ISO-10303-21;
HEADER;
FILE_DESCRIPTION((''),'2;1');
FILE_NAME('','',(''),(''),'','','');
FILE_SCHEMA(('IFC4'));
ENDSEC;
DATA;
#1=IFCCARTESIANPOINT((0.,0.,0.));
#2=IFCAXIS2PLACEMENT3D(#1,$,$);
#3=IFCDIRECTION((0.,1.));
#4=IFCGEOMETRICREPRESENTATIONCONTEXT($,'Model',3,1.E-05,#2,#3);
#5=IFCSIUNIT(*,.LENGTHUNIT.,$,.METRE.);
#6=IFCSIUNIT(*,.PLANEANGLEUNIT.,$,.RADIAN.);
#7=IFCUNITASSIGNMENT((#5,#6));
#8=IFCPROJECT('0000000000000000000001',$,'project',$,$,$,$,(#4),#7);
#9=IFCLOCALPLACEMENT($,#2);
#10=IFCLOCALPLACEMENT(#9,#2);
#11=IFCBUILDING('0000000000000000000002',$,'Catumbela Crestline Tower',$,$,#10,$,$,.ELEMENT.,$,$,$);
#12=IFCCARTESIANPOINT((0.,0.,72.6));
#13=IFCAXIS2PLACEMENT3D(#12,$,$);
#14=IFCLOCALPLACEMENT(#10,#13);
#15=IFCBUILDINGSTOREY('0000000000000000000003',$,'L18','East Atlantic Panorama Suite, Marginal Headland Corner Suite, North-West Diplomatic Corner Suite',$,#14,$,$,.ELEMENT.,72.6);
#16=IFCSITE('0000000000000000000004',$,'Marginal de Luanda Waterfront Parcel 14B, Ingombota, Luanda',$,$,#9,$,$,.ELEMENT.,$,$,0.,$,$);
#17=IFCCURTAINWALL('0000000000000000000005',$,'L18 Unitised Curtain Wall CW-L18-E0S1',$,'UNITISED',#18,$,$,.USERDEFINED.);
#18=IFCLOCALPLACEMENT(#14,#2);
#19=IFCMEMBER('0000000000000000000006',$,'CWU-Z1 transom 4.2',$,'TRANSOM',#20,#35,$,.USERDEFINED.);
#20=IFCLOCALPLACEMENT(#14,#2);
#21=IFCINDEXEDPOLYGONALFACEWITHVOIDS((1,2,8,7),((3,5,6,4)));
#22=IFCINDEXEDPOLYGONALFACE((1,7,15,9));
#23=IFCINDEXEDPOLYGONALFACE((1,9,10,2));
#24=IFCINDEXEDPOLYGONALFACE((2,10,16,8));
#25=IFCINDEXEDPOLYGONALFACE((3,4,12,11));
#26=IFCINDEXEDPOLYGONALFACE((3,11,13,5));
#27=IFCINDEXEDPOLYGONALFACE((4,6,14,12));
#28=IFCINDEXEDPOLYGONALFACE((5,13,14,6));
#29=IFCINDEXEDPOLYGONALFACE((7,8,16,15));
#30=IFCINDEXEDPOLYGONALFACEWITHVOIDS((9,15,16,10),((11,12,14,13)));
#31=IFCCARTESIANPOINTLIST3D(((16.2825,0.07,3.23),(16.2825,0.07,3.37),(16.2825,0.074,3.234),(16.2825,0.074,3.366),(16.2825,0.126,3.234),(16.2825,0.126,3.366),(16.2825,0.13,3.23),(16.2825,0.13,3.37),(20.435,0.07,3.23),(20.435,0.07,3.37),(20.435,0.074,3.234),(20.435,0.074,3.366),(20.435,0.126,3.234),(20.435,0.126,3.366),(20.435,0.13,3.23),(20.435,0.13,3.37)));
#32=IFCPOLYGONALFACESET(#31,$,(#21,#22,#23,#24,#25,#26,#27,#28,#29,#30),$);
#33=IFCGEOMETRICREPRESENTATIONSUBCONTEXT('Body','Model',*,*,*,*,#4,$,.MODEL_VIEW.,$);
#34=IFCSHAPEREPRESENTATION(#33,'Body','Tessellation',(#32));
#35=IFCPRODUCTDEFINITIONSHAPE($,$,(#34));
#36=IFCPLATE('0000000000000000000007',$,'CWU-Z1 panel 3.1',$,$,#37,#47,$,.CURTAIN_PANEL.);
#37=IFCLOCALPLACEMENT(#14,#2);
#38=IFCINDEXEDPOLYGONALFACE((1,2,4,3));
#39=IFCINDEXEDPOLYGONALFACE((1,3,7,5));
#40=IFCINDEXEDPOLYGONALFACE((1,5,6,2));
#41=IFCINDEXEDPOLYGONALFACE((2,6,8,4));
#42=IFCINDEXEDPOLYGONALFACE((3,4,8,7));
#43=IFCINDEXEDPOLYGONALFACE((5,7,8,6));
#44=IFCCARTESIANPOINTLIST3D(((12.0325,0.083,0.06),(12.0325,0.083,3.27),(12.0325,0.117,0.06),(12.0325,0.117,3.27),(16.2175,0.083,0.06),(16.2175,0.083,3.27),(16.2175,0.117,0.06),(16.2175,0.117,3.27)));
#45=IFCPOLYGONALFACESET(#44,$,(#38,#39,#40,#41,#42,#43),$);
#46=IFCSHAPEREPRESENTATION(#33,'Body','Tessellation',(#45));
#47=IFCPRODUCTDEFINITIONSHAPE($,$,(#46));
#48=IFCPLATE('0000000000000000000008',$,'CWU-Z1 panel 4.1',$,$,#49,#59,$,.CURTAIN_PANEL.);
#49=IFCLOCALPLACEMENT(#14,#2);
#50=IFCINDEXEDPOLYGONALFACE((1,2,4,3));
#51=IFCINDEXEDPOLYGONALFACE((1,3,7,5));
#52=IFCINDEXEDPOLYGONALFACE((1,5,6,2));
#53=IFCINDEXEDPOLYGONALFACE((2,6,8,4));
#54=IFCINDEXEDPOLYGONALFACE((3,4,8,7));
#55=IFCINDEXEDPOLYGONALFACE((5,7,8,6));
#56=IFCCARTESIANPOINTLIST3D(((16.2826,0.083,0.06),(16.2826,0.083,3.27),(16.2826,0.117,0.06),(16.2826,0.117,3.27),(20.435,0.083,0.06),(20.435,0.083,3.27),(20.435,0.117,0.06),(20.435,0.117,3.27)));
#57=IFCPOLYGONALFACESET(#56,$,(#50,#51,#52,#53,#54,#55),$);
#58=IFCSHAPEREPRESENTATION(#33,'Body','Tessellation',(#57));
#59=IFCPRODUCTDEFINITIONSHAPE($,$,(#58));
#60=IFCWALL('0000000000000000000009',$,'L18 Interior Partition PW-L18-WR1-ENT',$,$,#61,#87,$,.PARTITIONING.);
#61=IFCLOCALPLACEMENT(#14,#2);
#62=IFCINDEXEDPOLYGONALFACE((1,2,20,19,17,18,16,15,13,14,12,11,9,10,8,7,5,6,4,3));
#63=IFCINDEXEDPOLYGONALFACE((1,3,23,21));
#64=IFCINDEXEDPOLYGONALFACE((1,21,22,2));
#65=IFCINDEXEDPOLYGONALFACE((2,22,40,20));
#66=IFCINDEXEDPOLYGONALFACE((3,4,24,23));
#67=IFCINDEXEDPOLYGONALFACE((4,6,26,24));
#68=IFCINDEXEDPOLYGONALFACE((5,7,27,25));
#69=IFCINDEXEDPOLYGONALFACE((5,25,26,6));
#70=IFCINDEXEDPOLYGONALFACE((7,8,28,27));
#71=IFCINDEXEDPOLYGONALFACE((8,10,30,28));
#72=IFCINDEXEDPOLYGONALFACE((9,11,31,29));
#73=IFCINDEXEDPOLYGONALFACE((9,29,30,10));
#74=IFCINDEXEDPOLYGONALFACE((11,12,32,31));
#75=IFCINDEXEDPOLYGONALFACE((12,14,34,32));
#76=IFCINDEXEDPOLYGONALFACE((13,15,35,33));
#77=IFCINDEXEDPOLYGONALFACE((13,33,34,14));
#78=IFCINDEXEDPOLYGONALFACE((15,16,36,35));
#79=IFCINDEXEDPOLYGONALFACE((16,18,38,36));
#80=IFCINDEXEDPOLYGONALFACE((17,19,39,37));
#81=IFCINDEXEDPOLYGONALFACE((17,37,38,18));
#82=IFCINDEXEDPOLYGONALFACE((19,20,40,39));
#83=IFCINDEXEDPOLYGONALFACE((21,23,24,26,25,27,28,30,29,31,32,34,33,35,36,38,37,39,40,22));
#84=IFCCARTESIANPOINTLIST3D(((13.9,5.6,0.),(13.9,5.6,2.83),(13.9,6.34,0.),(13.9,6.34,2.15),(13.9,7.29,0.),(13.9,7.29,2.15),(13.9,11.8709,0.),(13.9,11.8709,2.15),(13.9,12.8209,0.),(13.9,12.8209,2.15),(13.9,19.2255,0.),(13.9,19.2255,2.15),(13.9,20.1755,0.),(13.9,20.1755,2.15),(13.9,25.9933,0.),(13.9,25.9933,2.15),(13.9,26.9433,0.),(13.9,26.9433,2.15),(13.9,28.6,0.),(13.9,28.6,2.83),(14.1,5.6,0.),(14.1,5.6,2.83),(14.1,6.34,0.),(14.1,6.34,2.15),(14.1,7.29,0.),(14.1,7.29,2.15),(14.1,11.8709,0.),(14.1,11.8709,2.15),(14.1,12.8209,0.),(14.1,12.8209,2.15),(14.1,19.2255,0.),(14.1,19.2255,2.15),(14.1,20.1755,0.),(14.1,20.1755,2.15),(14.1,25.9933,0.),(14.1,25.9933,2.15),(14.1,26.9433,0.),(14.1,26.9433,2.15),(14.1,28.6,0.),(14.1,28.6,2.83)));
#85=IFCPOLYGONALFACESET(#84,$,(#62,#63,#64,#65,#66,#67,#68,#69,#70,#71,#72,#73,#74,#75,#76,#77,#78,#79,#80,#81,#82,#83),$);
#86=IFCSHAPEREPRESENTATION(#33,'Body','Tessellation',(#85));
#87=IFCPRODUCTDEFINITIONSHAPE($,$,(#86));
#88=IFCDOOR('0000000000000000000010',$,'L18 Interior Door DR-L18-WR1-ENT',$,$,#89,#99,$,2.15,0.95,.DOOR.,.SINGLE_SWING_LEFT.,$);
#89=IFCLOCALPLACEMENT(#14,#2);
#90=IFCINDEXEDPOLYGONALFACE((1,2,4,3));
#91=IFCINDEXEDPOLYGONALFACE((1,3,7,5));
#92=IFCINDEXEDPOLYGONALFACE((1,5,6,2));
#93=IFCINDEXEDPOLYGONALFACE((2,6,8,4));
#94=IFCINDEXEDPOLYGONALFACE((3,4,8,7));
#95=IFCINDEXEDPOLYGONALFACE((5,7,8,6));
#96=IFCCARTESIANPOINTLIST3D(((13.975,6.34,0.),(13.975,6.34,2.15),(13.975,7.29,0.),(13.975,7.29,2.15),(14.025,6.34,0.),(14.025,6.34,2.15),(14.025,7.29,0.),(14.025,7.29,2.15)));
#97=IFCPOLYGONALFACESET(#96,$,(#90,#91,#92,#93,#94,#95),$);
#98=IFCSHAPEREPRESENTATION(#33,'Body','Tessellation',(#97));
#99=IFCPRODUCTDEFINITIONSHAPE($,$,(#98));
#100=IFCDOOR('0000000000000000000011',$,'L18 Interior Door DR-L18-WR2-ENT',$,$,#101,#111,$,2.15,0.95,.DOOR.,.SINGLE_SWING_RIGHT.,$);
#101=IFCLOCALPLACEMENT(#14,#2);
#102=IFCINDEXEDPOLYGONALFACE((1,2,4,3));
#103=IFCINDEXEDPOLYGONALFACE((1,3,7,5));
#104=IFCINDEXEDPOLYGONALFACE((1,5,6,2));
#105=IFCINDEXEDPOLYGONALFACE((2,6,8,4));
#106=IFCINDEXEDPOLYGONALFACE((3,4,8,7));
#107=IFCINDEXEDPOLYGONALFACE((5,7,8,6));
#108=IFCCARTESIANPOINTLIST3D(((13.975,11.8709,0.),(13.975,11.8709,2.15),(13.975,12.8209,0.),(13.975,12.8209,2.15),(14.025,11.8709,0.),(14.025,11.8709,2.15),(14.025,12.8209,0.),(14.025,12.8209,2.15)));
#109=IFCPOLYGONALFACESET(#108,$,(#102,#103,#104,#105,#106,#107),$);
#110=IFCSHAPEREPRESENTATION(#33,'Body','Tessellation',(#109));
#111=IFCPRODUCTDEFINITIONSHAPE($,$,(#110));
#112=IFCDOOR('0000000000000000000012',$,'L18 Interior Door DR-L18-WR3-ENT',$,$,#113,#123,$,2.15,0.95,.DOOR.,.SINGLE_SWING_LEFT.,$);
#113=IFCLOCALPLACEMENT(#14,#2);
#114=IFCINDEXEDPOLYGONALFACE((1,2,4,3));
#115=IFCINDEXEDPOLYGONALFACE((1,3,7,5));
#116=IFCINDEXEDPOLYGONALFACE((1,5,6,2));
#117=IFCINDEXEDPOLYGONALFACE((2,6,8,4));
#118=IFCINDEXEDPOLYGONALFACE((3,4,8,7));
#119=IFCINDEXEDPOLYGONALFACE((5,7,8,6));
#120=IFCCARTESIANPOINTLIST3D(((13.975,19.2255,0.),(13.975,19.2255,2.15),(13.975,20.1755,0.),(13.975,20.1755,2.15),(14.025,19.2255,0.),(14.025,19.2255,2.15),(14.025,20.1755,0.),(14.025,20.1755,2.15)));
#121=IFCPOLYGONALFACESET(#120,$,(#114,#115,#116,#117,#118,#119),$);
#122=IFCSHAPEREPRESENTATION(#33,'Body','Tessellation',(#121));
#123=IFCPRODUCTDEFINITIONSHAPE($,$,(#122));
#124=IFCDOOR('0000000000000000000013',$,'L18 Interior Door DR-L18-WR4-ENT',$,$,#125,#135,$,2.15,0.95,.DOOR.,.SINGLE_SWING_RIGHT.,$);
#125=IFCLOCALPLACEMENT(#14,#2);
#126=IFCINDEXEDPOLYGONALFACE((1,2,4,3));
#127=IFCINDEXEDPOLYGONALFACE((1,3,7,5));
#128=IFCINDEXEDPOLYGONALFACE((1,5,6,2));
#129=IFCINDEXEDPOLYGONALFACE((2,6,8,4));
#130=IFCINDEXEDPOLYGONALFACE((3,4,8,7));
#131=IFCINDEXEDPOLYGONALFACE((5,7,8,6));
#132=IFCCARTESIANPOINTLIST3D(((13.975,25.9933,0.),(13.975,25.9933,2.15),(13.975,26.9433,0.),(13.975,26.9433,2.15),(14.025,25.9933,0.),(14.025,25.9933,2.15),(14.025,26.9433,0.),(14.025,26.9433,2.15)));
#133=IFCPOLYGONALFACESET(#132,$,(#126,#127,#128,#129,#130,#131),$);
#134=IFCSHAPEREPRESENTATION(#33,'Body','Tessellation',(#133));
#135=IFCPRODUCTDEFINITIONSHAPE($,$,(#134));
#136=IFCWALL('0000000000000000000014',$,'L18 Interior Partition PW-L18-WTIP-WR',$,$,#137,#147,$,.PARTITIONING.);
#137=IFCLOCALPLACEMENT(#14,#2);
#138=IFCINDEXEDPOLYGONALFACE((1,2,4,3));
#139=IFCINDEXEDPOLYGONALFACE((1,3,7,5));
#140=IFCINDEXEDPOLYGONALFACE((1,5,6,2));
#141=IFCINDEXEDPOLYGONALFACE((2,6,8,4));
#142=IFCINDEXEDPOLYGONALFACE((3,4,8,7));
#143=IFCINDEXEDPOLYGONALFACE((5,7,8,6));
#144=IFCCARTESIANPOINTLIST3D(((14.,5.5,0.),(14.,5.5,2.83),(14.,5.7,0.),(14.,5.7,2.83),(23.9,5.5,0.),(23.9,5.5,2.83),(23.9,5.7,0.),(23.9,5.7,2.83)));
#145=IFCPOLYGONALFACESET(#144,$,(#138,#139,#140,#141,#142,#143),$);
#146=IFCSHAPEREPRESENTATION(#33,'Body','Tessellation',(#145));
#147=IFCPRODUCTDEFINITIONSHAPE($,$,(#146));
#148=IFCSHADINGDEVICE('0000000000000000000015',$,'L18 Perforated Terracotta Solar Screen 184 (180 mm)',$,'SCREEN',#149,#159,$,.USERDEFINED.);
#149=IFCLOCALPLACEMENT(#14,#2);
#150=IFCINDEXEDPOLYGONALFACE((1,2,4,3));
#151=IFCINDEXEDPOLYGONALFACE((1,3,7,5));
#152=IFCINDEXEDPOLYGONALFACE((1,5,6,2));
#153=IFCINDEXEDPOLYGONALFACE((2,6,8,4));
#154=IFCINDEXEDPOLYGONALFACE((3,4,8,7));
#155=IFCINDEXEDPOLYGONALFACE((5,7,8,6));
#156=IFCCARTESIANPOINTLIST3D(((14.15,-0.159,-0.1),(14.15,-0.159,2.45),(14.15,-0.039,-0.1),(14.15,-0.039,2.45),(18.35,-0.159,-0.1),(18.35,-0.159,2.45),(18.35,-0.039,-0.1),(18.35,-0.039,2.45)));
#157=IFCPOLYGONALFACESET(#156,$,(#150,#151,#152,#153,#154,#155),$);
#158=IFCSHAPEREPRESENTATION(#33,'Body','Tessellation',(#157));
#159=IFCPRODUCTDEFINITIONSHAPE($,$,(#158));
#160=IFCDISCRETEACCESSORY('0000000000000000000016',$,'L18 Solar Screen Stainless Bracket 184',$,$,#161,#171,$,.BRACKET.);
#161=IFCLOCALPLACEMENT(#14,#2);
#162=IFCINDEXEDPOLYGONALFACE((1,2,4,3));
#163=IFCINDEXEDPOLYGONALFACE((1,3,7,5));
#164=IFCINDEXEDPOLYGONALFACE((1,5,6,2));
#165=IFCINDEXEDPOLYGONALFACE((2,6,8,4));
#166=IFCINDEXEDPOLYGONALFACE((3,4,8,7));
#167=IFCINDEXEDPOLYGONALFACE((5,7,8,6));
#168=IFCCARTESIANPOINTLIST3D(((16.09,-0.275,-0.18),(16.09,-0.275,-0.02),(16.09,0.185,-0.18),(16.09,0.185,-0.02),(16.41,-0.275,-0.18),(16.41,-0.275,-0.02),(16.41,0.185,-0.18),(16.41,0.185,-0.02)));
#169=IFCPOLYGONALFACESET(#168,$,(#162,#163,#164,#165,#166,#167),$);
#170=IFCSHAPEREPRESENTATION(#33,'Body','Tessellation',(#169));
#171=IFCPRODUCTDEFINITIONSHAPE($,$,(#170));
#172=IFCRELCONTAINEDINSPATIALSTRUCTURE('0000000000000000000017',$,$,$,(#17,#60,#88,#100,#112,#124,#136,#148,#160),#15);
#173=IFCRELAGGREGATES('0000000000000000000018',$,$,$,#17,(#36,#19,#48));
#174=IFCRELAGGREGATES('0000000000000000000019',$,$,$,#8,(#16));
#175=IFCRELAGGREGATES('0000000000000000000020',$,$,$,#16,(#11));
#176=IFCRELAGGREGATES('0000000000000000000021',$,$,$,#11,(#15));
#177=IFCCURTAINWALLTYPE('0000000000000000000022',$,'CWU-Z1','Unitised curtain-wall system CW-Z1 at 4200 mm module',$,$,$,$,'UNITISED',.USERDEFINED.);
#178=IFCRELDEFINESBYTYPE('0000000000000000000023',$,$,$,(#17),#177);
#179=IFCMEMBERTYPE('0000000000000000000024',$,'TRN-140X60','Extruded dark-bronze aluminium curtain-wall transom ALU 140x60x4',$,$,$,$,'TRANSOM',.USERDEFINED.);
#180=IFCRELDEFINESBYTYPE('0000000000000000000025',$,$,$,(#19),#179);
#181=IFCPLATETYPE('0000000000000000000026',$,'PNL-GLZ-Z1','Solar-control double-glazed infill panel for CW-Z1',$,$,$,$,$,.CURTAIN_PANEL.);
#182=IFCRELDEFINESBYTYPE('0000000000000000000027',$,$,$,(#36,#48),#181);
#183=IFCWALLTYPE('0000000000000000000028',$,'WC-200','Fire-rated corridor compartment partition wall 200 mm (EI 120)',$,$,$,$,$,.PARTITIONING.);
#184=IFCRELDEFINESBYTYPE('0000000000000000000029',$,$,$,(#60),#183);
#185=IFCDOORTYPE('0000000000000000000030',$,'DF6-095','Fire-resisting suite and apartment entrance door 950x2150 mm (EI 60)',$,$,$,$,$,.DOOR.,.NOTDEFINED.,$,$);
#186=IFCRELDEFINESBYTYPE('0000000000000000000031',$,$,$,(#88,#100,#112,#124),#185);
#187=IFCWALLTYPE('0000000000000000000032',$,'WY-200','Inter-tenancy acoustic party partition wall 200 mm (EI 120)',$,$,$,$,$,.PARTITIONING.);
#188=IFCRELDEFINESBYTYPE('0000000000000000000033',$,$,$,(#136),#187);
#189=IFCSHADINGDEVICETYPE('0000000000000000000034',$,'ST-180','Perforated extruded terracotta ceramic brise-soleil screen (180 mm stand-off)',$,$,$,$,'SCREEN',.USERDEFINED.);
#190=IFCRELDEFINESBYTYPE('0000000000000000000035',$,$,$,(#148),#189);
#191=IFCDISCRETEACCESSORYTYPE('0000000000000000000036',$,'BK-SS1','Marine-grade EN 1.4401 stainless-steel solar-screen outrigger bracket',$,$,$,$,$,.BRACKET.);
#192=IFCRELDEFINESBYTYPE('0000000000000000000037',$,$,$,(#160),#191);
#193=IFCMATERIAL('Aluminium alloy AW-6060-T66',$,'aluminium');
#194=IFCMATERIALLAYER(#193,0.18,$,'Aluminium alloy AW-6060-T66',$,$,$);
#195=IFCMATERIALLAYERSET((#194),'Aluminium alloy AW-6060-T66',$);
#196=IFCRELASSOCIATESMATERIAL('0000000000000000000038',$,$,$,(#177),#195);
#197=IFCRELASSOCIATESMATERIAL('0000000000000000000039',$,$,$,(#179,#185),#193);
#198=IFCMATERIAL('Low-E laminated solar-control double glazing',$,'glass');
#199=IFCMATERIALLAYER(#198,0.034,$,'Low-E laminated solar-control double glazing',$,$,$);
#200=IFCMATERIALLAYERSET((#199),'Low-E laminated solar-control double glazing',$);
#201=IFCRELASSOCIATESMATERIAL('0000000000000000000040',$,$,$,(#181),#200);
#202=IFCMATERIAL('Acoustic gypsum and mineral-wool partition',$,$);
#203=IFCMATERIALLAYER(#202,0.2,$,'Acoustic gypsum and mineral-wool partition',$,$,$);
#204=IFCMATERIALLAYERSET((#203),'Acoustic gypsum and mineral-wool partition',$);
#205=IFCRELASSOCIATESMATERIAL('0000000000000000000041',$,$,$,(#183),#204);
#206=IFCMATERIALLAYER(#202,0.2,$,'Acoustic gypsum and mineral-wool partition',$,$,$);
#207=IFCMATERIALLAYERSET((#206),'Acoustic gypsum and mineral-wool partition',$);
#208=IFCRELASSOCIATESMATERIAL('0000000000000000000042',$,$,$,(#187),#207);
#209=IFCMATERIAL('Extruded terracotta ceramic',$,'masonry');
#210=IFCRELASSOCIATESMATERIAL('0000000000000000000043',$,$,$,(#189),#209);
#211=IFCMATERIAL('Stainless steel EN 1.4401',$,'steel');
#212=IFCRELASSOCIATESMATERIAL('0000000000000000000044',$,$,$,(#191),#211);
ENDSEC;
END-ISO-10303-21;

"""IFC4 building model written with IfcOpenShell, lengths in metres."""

from ifc_helpers import new_model, si_unit, direction, frame, frame_2d, origin, origin_2d, place, context, subcontext, project, spatial, rectangle, hollow_rectangle, extrude, material, layer, layer_set, material_profile, profile_set, type_object, element, fill, aggregate, save


model = new_model("IFC4")

# Units and contexts
model_context = context("Model", 3, precision=1e-05, world=origin(), true_north=direction((0.0, 1.0)))
body_context = subcontext(model_context, "Body", "Model", "MODEL_VIEW")
ifc_project = project(units=[si_unit("LENGTHUNIT", "METRE"), si_unit("PLANEANGLEUNIT", "RADIAN")], contexts=[model_context])

# Site, building, storey
site_placement = place(None, origin())
site = spatial("IfcSite", under=ifc_project, at=site_placement, Name="Marginal de Luanda Waterfront Parcel 14B, Ingombota, Luanda", CompositionType="ELEMENT", RefElevation=0.0)
building_placement = place(site_placement, origin())
building = spatial("IfcBuilding", under=site, at=building_placement, Name="Catumbela Crestline Tower", CompositionType="ELEMENT")
storey_placement = place(building_placement, frame((0.0, 0.0, 72.6)))
storey = spatial("IfcBuildingStorey", under=building, at=storey_placement, Name="L18", Description="East Atlantic Panorama Suite, Marginal Headland Corner Suite, North-West Diplomatic Corner Suite", CompositionType="ELEMENT", Elevation=72.6)

# Curtain wall, member, plates
ifc_material_1 = material(Name="Aluminium alloy AW-6060-T66", Category="aluminium")
ifc_layer_1 = layer(ifc_material_1, 0.18, Name="Aluminium alloy AW-6060-T66")
ifc_layer_set_1 = layer_set([ifc_layer_1], Name="Aluminium alloy AW-6060-T66")
curtain_wall_type = type_object("IfcCurtainWallType", Name="CWU-Z1", Description="Unitised curtain-wall system CW-Z1 at 4200 mm module", ElementType="UNITISED", PredefinedType="USERDEFINED", material=ifc_layer_set_1)
curtain_wall_placement = place(storey_placement, origin())
curtain_wall = element("IfcCurtainWall", 1, at=curtain_wall_placement, inside=storey, type_object=curtain_wall_type, Name="L18 Unitised Curtain Wall CW-L18-E0S1", ObjectType="UNITISED", PredefinedType="USERDEFINED")
ifc_material_profile_1 = material_profile(ifc_material_1, hollow_rectangle(XDim=0.06, YDim=0.14, WallThickness=0.004, at=origin_2d()), Name="ALU 140x60x4")
ifc_profile_set_1 = profile_set([ifc_material_profile_1], Name="Aluminium alloy AW-6060-T66")
member_type_1 = type_object("IfcMemberType", Name="TRN-140X60", Description="Extruded dark-bronze aluminium curtain-wall transom ALU 140x60x4", ElementType="TRANSOM", PredefinedType="USERDEFINED", material=ifc_profile_set_1)
member_1_placement = place(storey_placement, frame((16.2825, 0.1, 3.3), z_axis=(1.0, 0.0, 0.0), x_axis=(0.0, 1.0, 0.0)))
member_1 = element("IfcMember", 2, at=member_1_placement, type_object=member_type_1, Name="CWU-Z1 transom 4.2", ObjectType="TRANSOM", PredefinedType="USERDEFINED", context=body_context, shape_type="SweptSolid", body=[
    extrude(hollow_rectangle(XDim=0.06, YDim=0.14, WallThickness=0.004, at=origin_2d()), origin(), (0.0, 0.0, 1.0), 4.1525),
])
ifc_material_2 = material(Name="Low-E laminated solar-control double glazing", Category="glass")
ifc_layer_2 = layer(ifc_material_2, 0.034, Name="Low-E laminated solar-control double glazing")
ifc_layer_set_2 = layer_set([ifc_layer_2], Name="Low-E laminated solar-control double glazing")
plate_type = type_object("IfcPlateType", Name="PNL-GLZ-Z1", Description="Solar-control double-glazed infill panel for CW-Z1", PredefinedType="CURTAIN_PANEL", material=ifc_layer_set_2)
plate_1_placement = place(storey_placement, frame((14.125, 0.1, 0.06), z_axis=(0.0, 0.0, 1.0), x_axis=(1.0, 0.0, 0.0)))
plate_1 = element("IfcPlate", 3, at=plate_1_placement, type_object=plate_type, Name="CWU-Z1 panel 3.1", PredefinedType="CURTAIN_PANEL", context=body_context, shape_type="SweptSolid", body=[
    extrude(rectangle(XDim=4.185, YDim=0.034, at=origin_2d()), origin(), (0.0, 0.0, 1.0), 3.21),
])
plate_2_placement = place(storey_placement, frame((18.3588, 0.1, 0.06), z_axis=(0.0, 0.0, 1.0), x_axis=(1.0, 0.0, 0.0)))
plate_2 = element("IfcPlate", 4, at=plate_2_placement, type_object=plate_type, Name="CWU-Z1 panel 4.1", PredefinedType="CURTAIN_PANEL", context=body_context, shape_type="SweptSolid", body=[
    extrude(rectangle(XDim=4.1525, YDim=0.034, at=origin_2d()), origin(), (0.0, 0.0, 1.0), 3.21),
])
aggregate(curtain_wall, [plate_1, member_1, plate_2])

# Wall, openings, doors
ifc_material_3 = material(Name="Acoustic gypsum and mineral-wool partition")
ifc_layer_3 = layer(ifc_material_3, 0.2, Name="Acoustic gypsum and mineral-wool partition")
ifc_layer_set_3 = layer_set([ifc_layer_3], Name="Acoustic gypsum and mineral-wool partition")
wall_type_1 = type_object("IfcWallType", Name="WC-200", Description="Fire-rated corridor compartment partition wall 200 mm (EI 120)", PredefinedType="PARTITIONING", material=ifc_layer_set_3)
wall_1_placement = place(storey_placement, frame((14.0, 5.6, 0.0), z_axis=(0.0, 0.0, 1.0), x_axis=(0.0, 1.0, 0.0)))
wall_1 = element("IfcWall", 5, at=wall_1_placement, inside=storey, type_object=wall_type_1, Name="L18 Interior Partition PW-L18-WR1-ENT", PredefinedType="PARTITIONING", context=body_context, shape_type="SweptSolid", body=[
    extrude(rectangle(XDim=23.0, YDim=0.2, at=frame_2d((11.5, 0.0))), origin(), (0.0, 0.0, 1.0), 2.83),
])
opening_1_placement = place(wall_1_placement, frame((0.74, 0.0, 0.0)))
opening_1 = element("IfcOpeningElement", 6, at=opening_1_placement, cuts=wall_1, PredefinedType="OPENING", context=body_context, shape_type="SweptSolid", body=[
    extrude(rectangle(XDim=0.95, YDim=2.15, at=frame_2d((0.475, 1.075))), frame((0.0, 0.11, 0.0), z_axis=(0.0, -1.0, 0.0), x_axis=(1.0, 0.0, 0.0)), (0.0, 0.0, 1.0), 0.22),
])
opening_2_placement = place(wall_1_placement, frame((6.2709, 0.0, 0.0)))
opening_2 = element("IfcOpeningElement", 7, at=opening_2_placement, cuts=wall_1, PredefinedType="OPENING", context=body_context, shape_type="SweptSolid", body=[
    extrude(rectangle(XDim=0.95, YDim=2.15, at=frame_2d((0.475, 1.075))), frame((0.0, 0.11, 0.0), z_axis=(0.0, -1.0, 0.0), x_axis=(1.0, 0.0, 0.0)), (0.0, 0.0, 1.0), 0.22),
])
opening_3_placement = place(wall_1_placement, frame((13.6255, 0.0, 0.0)))
opening_3 = element("IfcOpeningElement", 8, at=opening_3_placement, cuts=wall_1, PredefinedType="OPENING", context=body_context, shape_type="SweptSolid", body=[
    extrude(rectangle(XDim=0.95, YDim=2.15, at=frame_2d((0.475, 1.075))), frame((0.0, 0.11, 0.0), z_axis=(0.0, -1.0, 0.0), x_axis=(1.0, 0.0, 0.0)), (0.0, 0.0, 1.0), 0.22),
])
opening_4_placement = place(wall_1_placement, frame((20.3933, 0.0, 0.0)))
opening_4 = element("IfcOpeningElement", 9, at=opening_4_placement, cuts=wall_1, PredefinedType="OPENING", context=body_context, shape_type="SweptSolid", body=[
    extrude(rectangle(XDim=0.95, YDim=2.15, at=frame_2d((0.475, 1.075))), frame((0.0, 0.11, 0.0), z_axis=(0.0, -1.0, 0.0), x_axis=(1.0, 0.0, 0.0)), (0.0, 0.0, 1.0), 0.22),
])
door_type = type_object("IfcDoorType", Name="DF6-095", Description="Fire-resisting suite and apartment entrance door 950x2150 mm (EI 60)", OperationType="NOTDEFINED", PredefinedType="DOOR", material=ifc_material_1)
door_1_placement = place(opening_1_placement, origin())
door_1 = element("IfcDoor", 10, at=door_1_placement, inside=storey, type_object=door_type, Name="L18 Interior Door DR-L18-WR1-ENT", OperationType="SINGLE_SWING_LEFT", OverallHeight=2.15, OverallWidth=0.95, PredefinedType="DOOR", context=body_context, shape_type="SweptSolid", body=[
    extrude(rectangle(XDim=0.95, YDim=2.15, at=frame_2d((0.475, 1.075))), frame((0.0, 0.025, 0.0), z_axis=(0.0, -1.0, 0.0), x_axis=(1.0, 0.0, 0.0)), (0.0, 0.0, 1.0), 0.05),
])
fill(opening_1, door_1)
door_2_placement = place(opening_2_placement, origin())
door_2 = element("IfcDoor", 11, at=door_2_placement, inside=storey, type_object=door_type, Name="L18 Interior Door DR-L18-WR2-ENT", OperationType="SINGLE_SWING_RIGHT", OverallHeight=2.15, OverallWidth=0.95, PredefinedType="DOOR", context=body_context, shape_type="SweptSolid", body=[
    extrude(rectangle(XDim=0.95, YDim=2.15, at=frame_2d((0.475, 1.075))), frame((0.0, 0.025, 0.0), z_axis=(0.0, -1.0, 0.0), x_axis=(1.0, 0.0, 0.0)), (0.0, 0.0, 1.0), 0.05),
])
fill(opening_2, door_2)
door_3_placement = place(opening_3_placement, origin())
door_3 = element("IfcDoor", 12, at=door_3_placement, inside=storey, type_object=door_type, Name="L18 Interior Door DR-L18-WR3-ENT", OperationType="SINGLE_SWING_LEFT", OverallHeight=2.15, OverallWidth=0.95, PredefinedType="DOOR", context=body_context, shape_type="SweptSolid", body=[
    extrude(rectangle(XDim=0.95, YDim=2.15, at=frame_2d((0.475, 1.075))), frame((0.0, 0.025, 0.0), z_axis=(0.0, -1.0, 0.0), x_axis=(1.0, 0.0, 0.0)), (0.0, 0.0, 1.0), 0.05),
])
fill(opening_3, door_3)
door_4_placement = place(opening_4_placement, origin())
door_4 = element("IfcDoor", 13, at=door_4_placement, inside=storey, type_object=door_type, Name="L18 Interior Door DR-L18-WR4-ENT", OperationType="SINGLE_SWING_RIGHT", OverallHeight=2.15, OverallWidth=0.95, PredefinedType="DOOR", context=body_context, shape_type="SweptSolid", body=[
    extrude(rectangle(XDim=0.95, YDim=2.15, at=frame_2d((0.475, 1.075))), frame((0.0, 0.025, 0.0), z_axis=(0.0, -1.0, 0.0), x_axis=(1.0, 0.0, 0.0)), (0.0, 0.0, 1.0), 0.05),
])
fill(opening_4, door_4)

# Wall
ifc_layer_4 = layer(ifc_material_3, 0.2, Name="Acoustic gypsum and mineral-wool partition")
ifc_layer_set_4 = layer_set([ifc_layer_4], Name="Acoustic gypsum and mineral-wool partition")
wall_type_2 = type_object("IfcWallType", Name="WY-200", Description="Inter-tenancy acoustic party partition wall 200 mm (EI 120)", PredefinedType="PARTITIONING", material=ifc_layer_set_4)
wall_2_placement = place(storey_placement, frame((14.0, 5.6, 0.0), z_axis=(0.0, 0.0, 1.0), x_axis=(1.0, 0.0, 0.0)))
element("IfcWall", 14, at=wall_2_placement, inside=storey, type_object=wall_type_2, Name="L18 Interior Partition PW-L18-WTIP-WR", PredefinedType="PARTITIONING", context=body_context, shape_type="SweptSolid", body=[
    extrude(rectangle(XDim=9.9, YDim=0.2, at=frame_2d((4.95, 0.0))), origin(), (0.0, 0.0, 1.0), 2.83),
])

# Shading device
ifc_material_4 = material(Name="Extruded terracotta ceramic", Category="masonry")
shading_device_type = type_object("IfcShadingDeviceType", Name="ST-180", Description="Perforated extruded terracotta ceramic brise-soleil screen (180 mm stand-off)", ElementType="SCREEN", PredefinedType="USERDEFINED", material=ifc_material_4)
shading_device_placement = place(storey_placement, frame((16.25, -0.099, -0.1), z_axis=(0.0, 0.0, 1.0), x_axis=(1.0, 0.0, 0.0)))
element("IfcShadingDevice", 15, at=shading_device_placement, inside=storey, type_object=shading_device_type, Name="L18 Perforated Terracotta Solar Screen 184 (180 mm)", ObjectType="SCREEN", PredefinedType="USERDEFINED", context=body_context, shape_type="SweptSolid", body=[
    extrude(rectangle(XDim=4.2, YDim=0.12, at=origin_2d()), origin(), (0.0, 0.0, 1.0), 2.55),
])

# Discrete accessory
ifc_material_5 = material(Name="Stainless steel EN 1.4401", Category="steel")
discrete_accessory_type = type_object("IfcDiscreteAccessoryType", Name="BK-SS1", Description="Marine-grade EN 1.4401 stainless-steel solar-screen outrigger bracket", PredefinedType="BRACKET", material=ifc_material_5)
discrete_accessory_placement = place(storey_placement, frame((16.25, -0.045, -0.18), z_axis=(0.0, 0.0, 1.0), x_axis=(1.0, 0.0, 0.0)))
element("IfcDiscreteAccessory", 16, at=discrete_accessory_placement, inside=storey, type_object=discrete_accessory_type, Name="L18 Solar Screen Stainless Bracket 184", PredefinedType="BRACKET", context=body_context, shape_type="SweptSolid", body=[
    extrude(rectangle(XDim=0.32, YDim=0.46, at=origin_2d()), origin(), (0.0, 0.0, 1.0), 0.16),
])

save(model, "model.ifc")
